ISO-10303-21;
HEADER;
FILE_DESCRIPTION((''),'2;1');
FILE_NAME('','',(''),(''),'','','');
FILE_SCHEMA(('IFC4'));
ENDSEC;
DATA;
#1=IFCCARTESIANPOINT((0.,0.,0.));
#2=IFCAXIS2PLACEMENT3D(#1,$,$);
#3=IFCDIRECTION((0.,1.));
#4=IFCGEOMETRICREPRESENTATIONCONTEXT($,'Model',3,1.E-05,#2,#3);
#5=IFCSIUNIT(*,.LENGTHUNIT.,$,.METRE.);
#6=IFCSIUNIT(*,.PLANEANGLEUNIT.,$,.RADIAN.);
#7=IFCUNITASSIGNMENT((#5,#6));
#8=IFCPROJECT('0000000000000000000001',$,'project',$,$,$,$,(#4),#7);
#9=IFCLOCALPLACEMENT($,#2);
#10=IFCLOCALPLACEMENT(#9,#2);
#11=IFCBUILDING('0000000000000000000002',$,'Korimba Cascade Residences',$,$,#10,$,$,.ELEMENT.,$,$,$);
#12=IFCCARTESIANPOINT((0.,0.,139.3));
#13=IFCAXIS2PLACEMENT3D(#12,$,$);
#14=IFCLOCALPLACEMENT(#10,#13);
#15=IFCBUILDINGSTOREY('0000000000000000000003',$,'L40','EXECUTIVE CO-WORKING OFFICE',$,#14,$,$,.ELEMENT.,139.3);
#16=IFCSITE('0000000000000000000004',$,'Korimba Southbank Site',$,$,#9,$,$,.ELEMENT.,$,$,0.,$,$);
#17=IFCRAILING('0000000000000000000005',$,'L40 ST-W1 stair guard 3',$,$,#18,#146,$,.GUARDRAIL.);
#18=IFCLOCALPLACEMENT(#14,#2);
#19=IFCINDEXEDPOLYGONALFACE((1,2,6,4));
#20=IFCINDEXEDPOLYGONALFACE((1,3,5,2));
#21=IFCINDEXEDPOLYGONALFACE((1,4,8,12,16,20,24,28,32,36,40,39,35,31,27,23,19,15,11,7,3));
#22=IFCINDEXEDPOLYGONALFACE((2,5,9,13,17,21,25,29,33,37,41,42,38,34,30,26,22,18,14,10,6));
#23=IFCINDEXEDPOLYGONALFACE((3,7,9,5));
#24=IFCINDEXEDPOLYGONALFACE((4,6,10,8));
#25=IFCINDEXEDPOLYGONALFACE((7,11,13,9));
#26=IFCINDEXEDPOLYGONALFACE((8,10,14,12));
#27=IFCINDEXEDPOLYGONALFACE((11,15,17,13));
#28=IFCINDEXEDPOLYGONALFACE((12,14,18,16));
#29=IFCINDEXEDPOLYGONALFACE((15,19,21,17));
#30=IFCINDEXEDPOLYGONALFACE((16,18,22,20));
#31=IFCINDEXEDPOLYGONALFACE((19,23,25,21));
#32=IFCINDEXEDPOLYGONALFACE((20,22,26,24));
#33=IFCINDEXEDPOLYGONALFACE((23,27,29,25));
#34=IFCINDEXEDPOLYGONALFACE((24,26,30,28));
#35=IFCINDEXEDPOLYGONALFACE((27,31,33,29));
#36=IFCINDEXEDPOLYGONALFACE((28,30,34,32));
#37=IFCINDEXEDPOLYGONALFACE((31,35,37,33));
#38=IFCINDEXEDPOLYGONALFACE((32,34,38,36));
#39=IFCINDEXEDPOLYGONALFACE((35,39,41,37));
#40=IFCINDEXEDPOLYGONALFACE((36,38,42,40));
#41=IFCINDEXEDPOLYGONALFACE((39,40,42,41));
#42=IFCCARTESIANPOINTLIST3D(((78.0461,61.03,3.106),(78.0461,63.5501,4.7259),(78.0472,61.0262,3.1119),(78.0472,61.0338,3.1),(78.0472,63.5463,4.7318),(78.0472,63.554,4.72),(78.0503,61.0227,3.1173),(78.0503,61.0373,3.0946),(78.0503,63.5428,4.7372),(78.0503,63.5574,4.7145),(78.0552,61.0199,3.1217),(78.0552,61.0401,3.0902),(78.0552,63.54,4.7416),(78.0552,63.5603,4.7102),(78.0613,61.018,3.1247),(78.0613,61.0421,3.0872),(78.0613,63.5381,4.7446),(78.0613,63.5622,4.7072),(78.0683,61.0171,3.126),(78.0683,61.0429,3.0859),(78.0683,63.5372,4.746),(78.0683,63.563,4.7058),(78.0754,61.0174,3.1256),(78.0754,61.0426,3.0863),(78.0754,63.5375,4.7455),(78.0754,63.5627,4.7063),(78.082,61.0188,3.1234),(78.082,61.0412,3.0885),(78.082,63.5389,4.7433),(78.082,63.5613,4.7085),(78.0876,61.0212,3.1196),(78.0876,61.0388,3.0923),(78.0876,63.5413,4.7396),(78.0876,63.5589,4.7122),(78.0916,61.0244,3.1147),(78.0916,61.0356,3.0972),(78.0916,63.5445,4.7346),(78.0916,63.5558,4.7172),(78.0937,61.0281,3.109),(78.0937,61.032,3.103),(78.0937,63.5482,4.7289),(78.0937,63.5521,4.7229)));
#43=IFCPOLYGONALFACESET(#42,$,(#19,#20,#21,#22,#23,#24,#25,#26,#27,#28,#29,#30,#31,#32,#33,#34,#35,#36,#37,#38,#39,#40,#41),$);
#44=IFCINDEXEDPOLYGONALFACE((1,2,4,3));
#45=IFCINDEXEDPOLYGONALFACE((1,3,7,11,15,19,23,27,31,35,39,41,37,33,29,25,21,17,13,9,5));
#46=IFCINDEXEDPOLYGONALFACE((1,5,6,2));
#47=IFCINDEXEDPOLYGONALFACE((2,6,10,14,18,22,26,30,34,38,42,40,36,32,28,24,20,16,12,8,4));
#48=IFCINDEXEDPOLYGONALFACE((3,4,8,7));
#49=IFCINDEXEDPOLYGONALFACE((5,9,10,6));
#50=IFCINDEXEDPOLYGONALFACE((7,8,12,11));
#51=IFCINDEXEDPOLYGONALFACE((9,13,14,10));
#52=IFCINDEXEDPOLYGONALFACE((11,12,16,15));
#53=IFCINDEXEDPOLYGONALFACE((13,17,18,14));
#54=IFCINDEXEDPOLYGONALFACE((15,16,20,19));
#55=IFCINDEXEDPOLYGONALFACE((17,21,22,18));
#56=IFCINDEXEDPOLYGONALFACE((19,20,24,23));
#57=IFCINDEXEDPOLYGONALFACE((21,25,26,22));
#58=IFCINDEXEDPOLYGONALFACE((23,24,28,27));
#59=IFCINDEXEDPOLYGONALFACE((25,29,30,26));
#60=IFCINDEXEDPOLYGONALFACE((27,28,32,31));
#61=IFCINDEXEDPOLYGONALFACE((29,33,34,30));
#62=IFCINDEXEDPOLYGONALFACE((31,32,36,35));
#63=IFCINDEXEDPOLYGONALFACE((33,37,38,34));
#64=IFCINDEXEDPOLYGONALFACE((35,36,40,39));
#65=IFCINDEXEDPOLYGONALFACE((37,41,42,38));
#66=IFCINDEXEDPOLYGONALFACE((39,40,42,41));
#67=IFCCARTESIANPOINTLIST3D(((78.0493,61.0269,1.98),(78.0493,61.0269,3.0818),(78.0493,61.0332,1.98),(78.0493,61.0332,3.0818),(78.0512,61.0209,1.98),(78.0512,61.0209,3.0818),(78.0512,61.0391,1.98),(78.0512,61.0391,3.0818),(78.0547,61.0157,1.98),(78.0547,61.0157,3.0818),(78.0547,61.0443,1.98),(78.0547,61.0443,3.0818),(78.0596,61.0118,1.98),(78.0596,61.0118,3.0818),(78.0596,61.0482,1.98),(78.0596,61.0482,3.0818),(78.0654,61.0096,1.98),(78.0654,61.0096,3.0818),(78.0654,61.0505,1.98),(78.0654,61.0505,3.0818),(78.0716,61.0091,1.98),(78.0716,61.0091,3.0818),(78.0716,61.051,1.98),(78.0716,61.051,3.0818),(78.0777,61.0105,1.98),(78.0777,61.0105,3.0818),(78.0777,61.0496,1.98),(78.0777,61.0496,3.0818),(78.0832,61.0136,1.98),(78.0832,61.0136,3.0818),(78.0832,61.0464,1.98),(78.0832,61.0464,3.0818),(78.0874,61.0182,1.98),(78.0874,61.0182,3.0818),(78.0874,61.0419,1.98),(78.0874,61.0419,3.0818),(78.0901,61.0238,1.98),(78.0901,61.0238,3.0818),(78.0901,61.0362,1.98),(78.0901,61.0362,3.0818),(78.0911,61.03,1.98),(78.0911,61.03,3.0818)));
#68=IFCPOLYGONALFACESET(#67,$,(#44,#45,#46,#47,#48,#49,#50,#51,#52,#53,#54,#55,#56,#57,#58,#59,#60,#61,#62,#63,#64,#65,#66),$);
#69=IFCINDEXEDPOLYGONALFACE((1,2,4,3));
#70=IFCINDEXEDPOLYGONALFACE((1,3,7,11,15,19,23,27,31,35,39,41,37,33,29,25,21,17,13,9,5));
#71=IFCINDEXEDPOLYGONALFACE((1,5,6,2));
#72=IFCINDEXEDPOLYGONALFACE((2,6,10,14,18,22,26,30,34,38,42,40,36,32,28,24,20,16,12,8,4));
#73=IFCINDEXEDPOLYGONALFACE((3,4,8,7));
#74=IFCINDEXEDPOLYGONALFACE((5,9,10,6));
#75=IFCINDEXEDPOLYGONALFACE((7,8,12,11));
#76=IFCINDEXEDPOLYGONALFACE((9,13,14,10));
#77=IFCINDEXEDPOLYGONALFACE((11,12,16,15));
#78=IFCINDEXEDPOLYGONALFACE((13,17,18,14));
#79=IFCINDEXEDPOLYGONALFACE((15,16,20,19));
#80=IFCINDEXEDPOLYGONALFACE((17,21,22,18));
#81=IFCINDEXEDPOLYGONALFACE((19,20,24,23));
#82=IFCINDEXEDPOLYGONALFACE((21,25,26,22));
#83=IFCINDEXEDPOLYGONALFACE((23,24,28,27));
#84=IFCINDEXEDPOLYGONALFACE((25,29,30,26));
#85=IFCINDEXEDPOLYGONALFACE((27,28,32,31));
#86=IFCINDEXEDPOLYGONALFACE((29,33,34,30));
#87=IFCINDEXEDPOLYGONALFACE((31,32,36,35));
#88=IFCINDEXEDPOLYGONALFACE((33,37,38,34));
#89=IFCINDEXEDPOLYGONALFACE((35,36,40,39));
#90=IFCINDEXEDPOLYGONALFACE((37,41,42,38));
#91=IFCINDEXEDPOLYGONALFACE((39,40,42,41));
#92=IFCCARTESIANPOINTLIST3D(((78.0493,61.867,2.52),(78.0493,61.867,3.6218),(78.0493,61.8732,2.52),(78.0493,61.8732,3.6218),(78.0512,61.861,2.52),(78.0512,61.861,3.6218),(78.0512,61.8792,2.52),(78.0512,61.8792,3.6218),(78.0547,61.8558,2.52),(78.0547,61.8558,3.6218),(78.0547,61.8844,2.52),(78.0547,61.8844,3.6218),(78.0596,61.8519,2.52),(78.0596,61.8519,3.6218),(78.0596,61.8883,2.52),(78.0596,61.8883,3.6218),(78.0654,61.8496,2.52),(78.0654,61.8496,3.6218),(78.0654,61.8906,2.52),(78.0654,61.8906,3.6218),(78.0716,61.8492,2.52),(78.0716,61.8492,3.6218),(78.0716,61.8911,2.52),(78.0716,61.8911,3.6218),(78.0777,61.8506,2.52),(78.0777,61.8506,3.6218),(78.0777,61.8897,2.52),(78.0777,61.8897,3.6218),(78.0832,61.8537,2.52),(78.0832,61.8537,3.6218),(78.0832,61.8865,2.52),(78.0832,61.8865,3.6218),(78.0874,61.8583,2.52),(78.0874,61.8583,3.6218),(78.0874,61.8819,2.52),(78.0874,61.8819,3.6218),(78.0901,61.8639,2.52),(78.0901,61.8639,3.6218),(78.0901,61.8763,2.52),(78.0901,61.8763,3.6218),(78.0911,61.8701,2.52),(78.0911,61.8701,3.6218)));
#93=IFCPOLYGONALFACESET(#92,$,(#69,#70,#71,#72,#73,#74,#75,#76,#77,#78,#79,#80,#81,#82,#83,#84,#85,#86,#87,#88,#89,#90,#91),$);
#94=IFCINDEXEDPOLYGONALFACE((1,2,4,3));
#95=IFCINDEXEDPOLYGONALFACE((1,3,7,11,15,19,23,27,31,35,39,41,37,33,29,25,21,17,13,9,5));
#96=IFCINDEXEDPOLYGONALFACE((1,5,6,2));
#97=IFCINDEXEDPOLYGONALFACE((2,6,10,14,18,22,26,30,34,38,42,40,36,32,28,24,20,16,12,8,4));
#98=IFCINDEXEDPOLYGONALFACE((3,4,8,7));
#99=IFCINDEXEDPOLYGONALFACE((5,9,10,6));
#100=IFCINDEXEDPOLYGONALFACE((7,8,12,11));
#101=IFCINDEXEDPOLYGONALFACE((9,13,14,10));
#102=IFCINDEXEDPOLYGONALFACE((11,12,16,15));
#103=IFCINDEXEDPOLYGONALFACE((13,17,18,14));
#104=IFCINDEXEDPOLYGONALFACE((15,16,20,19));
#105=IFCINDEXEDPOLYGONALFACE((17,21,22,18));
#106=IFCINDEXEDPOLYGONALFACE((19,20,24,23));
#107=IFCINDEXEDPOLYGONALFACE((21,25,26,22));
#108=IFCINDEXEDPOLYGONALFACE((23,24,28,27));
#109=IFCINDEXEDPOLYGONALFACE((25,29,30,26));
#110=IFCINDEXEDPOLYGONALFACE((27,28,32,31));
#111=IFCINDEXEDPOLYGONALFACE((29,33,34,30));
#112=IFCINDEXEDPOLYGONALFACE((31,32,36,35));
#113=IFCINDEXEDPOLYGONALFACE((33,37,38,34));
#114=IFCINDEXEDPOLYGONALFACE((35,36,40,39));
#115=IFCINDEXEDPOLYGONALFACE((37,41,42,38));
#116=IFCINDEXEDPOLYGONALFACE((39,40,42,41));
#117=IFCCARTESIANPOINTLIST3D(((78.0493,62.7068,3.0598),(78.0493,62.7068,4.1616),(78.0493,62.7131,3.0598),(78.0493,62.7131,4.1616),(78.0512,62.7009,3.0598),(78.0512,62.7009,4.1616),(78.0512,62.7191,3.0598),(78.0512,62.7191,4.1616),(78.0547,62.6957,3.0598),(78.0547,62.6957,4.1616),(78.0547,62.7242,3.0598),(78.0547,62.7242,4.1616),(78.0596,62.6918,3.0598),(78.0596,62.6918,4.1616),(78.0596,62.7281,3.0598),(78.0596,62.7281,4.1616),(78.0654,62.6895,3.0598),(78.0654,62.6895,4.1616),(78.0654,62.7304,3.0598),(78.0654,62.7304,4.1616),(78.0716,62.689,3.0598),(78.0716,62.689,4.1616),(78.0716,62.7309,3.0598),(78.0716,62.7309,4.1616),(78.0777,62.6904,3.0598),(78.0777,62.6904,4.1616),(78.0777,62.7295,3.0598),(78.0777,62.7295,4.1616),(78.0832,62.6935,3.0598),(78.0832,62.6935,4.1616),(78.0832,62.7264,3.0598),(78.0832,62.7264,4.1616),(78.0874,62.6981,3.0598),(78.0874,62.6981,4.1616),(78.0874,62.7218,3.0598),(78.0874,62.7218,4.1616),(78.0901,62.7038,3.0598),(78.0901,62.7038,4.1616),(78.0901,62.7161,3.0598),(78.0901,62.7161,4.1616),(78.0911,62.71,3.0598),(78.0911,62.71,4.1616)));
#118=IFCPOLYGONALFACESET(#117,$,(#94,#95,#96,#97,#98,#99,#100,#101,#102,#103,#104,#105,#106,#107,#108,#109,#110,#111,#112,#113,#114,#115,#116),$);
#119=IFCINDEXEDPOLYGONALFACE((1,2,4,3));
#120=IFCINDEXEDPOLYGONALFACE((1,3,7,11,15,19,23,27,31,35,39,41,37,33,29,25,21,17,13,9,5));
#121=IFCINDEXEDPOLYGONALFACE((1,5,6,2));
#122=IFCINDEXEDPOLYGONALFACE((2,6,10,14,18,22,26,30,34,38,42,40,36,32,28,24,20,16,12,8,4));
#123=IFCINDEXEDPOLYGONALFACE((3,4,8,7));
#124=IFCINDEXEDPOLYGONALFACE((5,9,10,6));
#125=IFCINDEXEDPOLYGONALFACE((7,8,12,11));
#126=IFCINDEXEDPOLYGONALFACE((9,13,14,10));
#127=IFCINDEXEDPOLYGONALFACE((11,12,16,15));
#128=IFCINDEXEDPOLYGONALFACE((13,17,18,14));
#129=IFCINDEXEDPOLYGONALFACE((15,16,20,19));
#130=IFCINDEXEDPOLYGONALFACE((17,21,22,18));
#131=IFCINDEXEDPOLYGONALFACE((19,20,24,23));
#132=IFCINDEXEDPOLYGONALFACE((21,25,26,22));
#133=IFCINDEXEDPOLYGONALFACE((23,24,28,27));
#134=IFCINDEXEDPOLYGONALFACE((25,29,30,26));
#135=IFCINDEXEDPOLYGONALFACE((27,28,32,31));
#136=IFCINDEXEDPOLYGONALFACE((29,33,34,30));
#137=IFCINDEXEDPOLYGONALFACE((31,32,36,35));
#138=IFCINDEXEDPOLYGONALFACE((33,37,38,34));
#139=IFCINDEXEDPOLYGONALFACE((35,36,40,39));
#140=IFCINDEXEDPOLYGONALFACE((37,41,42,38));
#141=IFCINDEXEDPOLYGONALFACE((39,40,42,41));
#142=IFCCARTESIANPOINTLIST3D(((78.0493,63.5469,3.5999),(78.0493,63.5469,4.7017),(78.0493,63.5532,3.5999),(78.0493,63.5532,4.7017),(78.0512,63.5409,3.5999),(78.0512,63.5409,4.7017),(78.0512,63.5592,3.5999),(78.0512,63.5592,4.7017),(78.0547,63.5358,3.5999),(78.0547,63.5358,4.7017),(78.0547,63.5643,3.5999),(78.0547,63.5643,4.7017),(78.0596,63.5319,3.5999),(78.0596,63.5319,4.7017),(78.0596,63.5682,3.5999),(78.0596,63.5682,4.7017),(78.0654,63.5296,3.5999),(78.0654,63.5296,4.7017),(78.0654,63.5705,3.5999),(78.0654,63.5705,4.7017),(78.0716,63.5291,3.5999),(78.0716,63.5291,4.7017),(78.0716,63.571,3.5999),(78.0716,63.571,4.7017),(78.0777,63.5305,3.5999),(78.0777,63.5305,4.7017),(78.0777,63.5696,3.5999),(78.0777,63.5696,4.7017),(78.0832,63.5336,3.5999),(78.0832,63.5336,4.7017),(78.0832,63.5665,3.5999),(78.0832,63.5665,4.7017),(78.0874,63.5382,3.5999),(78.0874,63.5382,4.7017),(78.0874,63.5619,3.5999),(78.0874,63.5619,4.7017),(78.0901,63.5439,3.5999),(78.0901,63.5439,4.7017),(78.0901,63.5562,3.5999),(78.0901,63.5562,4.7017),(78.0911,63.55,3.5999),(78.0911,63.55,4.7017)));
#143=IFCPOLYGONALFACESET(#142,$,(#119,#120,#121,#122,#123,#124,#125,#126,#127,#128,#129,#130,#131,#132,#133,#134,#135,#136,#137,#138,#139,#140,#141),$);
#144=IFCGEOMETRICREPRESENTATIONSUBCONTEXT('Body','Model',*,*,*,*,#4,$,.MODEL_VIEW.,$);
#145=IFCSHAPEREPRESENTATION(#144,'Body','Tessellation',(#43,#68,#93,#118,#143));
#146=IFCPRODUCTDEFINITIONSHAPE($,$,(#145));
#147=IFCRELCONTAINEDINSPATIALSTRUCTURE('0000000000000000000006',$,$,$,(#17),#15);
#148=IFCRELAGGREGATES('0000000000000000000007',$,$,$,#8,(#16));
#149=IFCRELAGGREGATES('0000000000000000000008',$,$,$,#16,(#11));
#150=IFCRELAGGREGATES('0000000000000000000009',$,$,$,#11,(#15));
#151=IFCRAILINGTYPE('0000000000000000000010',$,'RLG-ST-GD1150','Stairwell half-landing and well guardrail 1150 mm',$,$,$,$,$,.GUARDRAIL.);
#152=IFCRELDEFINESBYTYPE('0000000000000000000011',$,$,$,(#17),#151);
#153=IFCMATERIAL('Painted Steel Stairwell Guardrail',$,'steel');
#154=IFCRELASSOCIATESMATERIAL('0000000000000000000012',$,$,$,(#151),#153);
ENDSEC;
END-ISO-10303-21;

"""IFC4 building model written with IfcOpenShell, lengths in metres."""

from ifc_helpers import new_model, si_unit, direction, frame, origin, origin_2d, place, context, subcontext, project, spatial, circle, extrude, material, type_object, element, save


model = new_model("IFC4")

# Units and contexts
model_context = context("Model", 3, precision=1e-05, world=origin(), true_north=direction((0.0, 1.0)))
body_context = subcontext(model_context, "Body", "Model", "MODEL_VIEW")
ifc_project = project(units=[si_unit("LENGTHUNIT", "METRE"), si_unit("PLANEANGLEUNIT", "RADIAN")], contexts=[model_context])

# Site, building, storey
site_placement = place(None, origin())
site = spatial("IfcSite", under=ifc_project, at=site_placement, Name="Korimba Southbank Site", CompositionType="ELEMENT", RefElevation=0.0)
building_placement = place(site_placement, origin())
building = spatial("IfcBuilding", under=site, at=building_placement, Name="Korimba Cascade Residences", CompositionType="ELEMENT")
storey_placement = place(building_placement, frame((0.0, 0.0, 139.3)))
storey = spatial("IfcBuildingStorey", under=building, at=storey_placement, Name="L40", Description="EXECUTIVE CO-WORKING OFFICE", CompositionType="ELEMENT", Elevation=139.3)

# Railing
ifc_material_1 = material(Name="Painted Steel Stairwell Guardrail", Category="steel")
railing_type_1 = type_object("IfcRailingType", Name="RLG-ST-GD1150", Description="Stairwell half-landing and well guardrail 1150 mm", PredefinedType="GUARDRAIL", material=ifc_material_1)
railing_1_placement = place(storey_placement, frame((78.0701, 61.03, 1.98)))
element("IfcRailing", 1, at=railing_1_placement, inside=storey, type_object=railing_type_1, Name="L40 ST-W1 stair guard 3", PredefinedType="GUARDRAIL", context=body_context, shape_type="SweptSolid", body=[
    extrude(circle(Radius=0.0239, at=origin_2d()), frame((0.0, 0.0, 1.126), z_axis=(0.0, 0.8412, 0.540725), x_axis=(-1.0, 0.0, 0.0)), (0.0, 0.0, 1.0), 2.9958),
    extrude(circle(Radius=0.021, at=origin_2d()), origin(), (0.0, 0.0, 1.0), 1.1018),
    extrude(circle(Radius=0.021, at=origin_2d()), frame((0.0, 0.8401, 0.54)), (0.0, 0.0, 1.0), 1.1018),
    extrude(circle(Radius=0.021, at=origin_2d()), frame((0.0, 1.6799, 1.0798)), (0.0, 0.0, 1.0), 1.1018),
    extrude(circle(Radius=0.021, at=origin_2d()), frame((0.0, 2.52, 1.6199)), (0.0, 0.0, 1.0), 1.1018),
])

save(model, "model.ifc")
